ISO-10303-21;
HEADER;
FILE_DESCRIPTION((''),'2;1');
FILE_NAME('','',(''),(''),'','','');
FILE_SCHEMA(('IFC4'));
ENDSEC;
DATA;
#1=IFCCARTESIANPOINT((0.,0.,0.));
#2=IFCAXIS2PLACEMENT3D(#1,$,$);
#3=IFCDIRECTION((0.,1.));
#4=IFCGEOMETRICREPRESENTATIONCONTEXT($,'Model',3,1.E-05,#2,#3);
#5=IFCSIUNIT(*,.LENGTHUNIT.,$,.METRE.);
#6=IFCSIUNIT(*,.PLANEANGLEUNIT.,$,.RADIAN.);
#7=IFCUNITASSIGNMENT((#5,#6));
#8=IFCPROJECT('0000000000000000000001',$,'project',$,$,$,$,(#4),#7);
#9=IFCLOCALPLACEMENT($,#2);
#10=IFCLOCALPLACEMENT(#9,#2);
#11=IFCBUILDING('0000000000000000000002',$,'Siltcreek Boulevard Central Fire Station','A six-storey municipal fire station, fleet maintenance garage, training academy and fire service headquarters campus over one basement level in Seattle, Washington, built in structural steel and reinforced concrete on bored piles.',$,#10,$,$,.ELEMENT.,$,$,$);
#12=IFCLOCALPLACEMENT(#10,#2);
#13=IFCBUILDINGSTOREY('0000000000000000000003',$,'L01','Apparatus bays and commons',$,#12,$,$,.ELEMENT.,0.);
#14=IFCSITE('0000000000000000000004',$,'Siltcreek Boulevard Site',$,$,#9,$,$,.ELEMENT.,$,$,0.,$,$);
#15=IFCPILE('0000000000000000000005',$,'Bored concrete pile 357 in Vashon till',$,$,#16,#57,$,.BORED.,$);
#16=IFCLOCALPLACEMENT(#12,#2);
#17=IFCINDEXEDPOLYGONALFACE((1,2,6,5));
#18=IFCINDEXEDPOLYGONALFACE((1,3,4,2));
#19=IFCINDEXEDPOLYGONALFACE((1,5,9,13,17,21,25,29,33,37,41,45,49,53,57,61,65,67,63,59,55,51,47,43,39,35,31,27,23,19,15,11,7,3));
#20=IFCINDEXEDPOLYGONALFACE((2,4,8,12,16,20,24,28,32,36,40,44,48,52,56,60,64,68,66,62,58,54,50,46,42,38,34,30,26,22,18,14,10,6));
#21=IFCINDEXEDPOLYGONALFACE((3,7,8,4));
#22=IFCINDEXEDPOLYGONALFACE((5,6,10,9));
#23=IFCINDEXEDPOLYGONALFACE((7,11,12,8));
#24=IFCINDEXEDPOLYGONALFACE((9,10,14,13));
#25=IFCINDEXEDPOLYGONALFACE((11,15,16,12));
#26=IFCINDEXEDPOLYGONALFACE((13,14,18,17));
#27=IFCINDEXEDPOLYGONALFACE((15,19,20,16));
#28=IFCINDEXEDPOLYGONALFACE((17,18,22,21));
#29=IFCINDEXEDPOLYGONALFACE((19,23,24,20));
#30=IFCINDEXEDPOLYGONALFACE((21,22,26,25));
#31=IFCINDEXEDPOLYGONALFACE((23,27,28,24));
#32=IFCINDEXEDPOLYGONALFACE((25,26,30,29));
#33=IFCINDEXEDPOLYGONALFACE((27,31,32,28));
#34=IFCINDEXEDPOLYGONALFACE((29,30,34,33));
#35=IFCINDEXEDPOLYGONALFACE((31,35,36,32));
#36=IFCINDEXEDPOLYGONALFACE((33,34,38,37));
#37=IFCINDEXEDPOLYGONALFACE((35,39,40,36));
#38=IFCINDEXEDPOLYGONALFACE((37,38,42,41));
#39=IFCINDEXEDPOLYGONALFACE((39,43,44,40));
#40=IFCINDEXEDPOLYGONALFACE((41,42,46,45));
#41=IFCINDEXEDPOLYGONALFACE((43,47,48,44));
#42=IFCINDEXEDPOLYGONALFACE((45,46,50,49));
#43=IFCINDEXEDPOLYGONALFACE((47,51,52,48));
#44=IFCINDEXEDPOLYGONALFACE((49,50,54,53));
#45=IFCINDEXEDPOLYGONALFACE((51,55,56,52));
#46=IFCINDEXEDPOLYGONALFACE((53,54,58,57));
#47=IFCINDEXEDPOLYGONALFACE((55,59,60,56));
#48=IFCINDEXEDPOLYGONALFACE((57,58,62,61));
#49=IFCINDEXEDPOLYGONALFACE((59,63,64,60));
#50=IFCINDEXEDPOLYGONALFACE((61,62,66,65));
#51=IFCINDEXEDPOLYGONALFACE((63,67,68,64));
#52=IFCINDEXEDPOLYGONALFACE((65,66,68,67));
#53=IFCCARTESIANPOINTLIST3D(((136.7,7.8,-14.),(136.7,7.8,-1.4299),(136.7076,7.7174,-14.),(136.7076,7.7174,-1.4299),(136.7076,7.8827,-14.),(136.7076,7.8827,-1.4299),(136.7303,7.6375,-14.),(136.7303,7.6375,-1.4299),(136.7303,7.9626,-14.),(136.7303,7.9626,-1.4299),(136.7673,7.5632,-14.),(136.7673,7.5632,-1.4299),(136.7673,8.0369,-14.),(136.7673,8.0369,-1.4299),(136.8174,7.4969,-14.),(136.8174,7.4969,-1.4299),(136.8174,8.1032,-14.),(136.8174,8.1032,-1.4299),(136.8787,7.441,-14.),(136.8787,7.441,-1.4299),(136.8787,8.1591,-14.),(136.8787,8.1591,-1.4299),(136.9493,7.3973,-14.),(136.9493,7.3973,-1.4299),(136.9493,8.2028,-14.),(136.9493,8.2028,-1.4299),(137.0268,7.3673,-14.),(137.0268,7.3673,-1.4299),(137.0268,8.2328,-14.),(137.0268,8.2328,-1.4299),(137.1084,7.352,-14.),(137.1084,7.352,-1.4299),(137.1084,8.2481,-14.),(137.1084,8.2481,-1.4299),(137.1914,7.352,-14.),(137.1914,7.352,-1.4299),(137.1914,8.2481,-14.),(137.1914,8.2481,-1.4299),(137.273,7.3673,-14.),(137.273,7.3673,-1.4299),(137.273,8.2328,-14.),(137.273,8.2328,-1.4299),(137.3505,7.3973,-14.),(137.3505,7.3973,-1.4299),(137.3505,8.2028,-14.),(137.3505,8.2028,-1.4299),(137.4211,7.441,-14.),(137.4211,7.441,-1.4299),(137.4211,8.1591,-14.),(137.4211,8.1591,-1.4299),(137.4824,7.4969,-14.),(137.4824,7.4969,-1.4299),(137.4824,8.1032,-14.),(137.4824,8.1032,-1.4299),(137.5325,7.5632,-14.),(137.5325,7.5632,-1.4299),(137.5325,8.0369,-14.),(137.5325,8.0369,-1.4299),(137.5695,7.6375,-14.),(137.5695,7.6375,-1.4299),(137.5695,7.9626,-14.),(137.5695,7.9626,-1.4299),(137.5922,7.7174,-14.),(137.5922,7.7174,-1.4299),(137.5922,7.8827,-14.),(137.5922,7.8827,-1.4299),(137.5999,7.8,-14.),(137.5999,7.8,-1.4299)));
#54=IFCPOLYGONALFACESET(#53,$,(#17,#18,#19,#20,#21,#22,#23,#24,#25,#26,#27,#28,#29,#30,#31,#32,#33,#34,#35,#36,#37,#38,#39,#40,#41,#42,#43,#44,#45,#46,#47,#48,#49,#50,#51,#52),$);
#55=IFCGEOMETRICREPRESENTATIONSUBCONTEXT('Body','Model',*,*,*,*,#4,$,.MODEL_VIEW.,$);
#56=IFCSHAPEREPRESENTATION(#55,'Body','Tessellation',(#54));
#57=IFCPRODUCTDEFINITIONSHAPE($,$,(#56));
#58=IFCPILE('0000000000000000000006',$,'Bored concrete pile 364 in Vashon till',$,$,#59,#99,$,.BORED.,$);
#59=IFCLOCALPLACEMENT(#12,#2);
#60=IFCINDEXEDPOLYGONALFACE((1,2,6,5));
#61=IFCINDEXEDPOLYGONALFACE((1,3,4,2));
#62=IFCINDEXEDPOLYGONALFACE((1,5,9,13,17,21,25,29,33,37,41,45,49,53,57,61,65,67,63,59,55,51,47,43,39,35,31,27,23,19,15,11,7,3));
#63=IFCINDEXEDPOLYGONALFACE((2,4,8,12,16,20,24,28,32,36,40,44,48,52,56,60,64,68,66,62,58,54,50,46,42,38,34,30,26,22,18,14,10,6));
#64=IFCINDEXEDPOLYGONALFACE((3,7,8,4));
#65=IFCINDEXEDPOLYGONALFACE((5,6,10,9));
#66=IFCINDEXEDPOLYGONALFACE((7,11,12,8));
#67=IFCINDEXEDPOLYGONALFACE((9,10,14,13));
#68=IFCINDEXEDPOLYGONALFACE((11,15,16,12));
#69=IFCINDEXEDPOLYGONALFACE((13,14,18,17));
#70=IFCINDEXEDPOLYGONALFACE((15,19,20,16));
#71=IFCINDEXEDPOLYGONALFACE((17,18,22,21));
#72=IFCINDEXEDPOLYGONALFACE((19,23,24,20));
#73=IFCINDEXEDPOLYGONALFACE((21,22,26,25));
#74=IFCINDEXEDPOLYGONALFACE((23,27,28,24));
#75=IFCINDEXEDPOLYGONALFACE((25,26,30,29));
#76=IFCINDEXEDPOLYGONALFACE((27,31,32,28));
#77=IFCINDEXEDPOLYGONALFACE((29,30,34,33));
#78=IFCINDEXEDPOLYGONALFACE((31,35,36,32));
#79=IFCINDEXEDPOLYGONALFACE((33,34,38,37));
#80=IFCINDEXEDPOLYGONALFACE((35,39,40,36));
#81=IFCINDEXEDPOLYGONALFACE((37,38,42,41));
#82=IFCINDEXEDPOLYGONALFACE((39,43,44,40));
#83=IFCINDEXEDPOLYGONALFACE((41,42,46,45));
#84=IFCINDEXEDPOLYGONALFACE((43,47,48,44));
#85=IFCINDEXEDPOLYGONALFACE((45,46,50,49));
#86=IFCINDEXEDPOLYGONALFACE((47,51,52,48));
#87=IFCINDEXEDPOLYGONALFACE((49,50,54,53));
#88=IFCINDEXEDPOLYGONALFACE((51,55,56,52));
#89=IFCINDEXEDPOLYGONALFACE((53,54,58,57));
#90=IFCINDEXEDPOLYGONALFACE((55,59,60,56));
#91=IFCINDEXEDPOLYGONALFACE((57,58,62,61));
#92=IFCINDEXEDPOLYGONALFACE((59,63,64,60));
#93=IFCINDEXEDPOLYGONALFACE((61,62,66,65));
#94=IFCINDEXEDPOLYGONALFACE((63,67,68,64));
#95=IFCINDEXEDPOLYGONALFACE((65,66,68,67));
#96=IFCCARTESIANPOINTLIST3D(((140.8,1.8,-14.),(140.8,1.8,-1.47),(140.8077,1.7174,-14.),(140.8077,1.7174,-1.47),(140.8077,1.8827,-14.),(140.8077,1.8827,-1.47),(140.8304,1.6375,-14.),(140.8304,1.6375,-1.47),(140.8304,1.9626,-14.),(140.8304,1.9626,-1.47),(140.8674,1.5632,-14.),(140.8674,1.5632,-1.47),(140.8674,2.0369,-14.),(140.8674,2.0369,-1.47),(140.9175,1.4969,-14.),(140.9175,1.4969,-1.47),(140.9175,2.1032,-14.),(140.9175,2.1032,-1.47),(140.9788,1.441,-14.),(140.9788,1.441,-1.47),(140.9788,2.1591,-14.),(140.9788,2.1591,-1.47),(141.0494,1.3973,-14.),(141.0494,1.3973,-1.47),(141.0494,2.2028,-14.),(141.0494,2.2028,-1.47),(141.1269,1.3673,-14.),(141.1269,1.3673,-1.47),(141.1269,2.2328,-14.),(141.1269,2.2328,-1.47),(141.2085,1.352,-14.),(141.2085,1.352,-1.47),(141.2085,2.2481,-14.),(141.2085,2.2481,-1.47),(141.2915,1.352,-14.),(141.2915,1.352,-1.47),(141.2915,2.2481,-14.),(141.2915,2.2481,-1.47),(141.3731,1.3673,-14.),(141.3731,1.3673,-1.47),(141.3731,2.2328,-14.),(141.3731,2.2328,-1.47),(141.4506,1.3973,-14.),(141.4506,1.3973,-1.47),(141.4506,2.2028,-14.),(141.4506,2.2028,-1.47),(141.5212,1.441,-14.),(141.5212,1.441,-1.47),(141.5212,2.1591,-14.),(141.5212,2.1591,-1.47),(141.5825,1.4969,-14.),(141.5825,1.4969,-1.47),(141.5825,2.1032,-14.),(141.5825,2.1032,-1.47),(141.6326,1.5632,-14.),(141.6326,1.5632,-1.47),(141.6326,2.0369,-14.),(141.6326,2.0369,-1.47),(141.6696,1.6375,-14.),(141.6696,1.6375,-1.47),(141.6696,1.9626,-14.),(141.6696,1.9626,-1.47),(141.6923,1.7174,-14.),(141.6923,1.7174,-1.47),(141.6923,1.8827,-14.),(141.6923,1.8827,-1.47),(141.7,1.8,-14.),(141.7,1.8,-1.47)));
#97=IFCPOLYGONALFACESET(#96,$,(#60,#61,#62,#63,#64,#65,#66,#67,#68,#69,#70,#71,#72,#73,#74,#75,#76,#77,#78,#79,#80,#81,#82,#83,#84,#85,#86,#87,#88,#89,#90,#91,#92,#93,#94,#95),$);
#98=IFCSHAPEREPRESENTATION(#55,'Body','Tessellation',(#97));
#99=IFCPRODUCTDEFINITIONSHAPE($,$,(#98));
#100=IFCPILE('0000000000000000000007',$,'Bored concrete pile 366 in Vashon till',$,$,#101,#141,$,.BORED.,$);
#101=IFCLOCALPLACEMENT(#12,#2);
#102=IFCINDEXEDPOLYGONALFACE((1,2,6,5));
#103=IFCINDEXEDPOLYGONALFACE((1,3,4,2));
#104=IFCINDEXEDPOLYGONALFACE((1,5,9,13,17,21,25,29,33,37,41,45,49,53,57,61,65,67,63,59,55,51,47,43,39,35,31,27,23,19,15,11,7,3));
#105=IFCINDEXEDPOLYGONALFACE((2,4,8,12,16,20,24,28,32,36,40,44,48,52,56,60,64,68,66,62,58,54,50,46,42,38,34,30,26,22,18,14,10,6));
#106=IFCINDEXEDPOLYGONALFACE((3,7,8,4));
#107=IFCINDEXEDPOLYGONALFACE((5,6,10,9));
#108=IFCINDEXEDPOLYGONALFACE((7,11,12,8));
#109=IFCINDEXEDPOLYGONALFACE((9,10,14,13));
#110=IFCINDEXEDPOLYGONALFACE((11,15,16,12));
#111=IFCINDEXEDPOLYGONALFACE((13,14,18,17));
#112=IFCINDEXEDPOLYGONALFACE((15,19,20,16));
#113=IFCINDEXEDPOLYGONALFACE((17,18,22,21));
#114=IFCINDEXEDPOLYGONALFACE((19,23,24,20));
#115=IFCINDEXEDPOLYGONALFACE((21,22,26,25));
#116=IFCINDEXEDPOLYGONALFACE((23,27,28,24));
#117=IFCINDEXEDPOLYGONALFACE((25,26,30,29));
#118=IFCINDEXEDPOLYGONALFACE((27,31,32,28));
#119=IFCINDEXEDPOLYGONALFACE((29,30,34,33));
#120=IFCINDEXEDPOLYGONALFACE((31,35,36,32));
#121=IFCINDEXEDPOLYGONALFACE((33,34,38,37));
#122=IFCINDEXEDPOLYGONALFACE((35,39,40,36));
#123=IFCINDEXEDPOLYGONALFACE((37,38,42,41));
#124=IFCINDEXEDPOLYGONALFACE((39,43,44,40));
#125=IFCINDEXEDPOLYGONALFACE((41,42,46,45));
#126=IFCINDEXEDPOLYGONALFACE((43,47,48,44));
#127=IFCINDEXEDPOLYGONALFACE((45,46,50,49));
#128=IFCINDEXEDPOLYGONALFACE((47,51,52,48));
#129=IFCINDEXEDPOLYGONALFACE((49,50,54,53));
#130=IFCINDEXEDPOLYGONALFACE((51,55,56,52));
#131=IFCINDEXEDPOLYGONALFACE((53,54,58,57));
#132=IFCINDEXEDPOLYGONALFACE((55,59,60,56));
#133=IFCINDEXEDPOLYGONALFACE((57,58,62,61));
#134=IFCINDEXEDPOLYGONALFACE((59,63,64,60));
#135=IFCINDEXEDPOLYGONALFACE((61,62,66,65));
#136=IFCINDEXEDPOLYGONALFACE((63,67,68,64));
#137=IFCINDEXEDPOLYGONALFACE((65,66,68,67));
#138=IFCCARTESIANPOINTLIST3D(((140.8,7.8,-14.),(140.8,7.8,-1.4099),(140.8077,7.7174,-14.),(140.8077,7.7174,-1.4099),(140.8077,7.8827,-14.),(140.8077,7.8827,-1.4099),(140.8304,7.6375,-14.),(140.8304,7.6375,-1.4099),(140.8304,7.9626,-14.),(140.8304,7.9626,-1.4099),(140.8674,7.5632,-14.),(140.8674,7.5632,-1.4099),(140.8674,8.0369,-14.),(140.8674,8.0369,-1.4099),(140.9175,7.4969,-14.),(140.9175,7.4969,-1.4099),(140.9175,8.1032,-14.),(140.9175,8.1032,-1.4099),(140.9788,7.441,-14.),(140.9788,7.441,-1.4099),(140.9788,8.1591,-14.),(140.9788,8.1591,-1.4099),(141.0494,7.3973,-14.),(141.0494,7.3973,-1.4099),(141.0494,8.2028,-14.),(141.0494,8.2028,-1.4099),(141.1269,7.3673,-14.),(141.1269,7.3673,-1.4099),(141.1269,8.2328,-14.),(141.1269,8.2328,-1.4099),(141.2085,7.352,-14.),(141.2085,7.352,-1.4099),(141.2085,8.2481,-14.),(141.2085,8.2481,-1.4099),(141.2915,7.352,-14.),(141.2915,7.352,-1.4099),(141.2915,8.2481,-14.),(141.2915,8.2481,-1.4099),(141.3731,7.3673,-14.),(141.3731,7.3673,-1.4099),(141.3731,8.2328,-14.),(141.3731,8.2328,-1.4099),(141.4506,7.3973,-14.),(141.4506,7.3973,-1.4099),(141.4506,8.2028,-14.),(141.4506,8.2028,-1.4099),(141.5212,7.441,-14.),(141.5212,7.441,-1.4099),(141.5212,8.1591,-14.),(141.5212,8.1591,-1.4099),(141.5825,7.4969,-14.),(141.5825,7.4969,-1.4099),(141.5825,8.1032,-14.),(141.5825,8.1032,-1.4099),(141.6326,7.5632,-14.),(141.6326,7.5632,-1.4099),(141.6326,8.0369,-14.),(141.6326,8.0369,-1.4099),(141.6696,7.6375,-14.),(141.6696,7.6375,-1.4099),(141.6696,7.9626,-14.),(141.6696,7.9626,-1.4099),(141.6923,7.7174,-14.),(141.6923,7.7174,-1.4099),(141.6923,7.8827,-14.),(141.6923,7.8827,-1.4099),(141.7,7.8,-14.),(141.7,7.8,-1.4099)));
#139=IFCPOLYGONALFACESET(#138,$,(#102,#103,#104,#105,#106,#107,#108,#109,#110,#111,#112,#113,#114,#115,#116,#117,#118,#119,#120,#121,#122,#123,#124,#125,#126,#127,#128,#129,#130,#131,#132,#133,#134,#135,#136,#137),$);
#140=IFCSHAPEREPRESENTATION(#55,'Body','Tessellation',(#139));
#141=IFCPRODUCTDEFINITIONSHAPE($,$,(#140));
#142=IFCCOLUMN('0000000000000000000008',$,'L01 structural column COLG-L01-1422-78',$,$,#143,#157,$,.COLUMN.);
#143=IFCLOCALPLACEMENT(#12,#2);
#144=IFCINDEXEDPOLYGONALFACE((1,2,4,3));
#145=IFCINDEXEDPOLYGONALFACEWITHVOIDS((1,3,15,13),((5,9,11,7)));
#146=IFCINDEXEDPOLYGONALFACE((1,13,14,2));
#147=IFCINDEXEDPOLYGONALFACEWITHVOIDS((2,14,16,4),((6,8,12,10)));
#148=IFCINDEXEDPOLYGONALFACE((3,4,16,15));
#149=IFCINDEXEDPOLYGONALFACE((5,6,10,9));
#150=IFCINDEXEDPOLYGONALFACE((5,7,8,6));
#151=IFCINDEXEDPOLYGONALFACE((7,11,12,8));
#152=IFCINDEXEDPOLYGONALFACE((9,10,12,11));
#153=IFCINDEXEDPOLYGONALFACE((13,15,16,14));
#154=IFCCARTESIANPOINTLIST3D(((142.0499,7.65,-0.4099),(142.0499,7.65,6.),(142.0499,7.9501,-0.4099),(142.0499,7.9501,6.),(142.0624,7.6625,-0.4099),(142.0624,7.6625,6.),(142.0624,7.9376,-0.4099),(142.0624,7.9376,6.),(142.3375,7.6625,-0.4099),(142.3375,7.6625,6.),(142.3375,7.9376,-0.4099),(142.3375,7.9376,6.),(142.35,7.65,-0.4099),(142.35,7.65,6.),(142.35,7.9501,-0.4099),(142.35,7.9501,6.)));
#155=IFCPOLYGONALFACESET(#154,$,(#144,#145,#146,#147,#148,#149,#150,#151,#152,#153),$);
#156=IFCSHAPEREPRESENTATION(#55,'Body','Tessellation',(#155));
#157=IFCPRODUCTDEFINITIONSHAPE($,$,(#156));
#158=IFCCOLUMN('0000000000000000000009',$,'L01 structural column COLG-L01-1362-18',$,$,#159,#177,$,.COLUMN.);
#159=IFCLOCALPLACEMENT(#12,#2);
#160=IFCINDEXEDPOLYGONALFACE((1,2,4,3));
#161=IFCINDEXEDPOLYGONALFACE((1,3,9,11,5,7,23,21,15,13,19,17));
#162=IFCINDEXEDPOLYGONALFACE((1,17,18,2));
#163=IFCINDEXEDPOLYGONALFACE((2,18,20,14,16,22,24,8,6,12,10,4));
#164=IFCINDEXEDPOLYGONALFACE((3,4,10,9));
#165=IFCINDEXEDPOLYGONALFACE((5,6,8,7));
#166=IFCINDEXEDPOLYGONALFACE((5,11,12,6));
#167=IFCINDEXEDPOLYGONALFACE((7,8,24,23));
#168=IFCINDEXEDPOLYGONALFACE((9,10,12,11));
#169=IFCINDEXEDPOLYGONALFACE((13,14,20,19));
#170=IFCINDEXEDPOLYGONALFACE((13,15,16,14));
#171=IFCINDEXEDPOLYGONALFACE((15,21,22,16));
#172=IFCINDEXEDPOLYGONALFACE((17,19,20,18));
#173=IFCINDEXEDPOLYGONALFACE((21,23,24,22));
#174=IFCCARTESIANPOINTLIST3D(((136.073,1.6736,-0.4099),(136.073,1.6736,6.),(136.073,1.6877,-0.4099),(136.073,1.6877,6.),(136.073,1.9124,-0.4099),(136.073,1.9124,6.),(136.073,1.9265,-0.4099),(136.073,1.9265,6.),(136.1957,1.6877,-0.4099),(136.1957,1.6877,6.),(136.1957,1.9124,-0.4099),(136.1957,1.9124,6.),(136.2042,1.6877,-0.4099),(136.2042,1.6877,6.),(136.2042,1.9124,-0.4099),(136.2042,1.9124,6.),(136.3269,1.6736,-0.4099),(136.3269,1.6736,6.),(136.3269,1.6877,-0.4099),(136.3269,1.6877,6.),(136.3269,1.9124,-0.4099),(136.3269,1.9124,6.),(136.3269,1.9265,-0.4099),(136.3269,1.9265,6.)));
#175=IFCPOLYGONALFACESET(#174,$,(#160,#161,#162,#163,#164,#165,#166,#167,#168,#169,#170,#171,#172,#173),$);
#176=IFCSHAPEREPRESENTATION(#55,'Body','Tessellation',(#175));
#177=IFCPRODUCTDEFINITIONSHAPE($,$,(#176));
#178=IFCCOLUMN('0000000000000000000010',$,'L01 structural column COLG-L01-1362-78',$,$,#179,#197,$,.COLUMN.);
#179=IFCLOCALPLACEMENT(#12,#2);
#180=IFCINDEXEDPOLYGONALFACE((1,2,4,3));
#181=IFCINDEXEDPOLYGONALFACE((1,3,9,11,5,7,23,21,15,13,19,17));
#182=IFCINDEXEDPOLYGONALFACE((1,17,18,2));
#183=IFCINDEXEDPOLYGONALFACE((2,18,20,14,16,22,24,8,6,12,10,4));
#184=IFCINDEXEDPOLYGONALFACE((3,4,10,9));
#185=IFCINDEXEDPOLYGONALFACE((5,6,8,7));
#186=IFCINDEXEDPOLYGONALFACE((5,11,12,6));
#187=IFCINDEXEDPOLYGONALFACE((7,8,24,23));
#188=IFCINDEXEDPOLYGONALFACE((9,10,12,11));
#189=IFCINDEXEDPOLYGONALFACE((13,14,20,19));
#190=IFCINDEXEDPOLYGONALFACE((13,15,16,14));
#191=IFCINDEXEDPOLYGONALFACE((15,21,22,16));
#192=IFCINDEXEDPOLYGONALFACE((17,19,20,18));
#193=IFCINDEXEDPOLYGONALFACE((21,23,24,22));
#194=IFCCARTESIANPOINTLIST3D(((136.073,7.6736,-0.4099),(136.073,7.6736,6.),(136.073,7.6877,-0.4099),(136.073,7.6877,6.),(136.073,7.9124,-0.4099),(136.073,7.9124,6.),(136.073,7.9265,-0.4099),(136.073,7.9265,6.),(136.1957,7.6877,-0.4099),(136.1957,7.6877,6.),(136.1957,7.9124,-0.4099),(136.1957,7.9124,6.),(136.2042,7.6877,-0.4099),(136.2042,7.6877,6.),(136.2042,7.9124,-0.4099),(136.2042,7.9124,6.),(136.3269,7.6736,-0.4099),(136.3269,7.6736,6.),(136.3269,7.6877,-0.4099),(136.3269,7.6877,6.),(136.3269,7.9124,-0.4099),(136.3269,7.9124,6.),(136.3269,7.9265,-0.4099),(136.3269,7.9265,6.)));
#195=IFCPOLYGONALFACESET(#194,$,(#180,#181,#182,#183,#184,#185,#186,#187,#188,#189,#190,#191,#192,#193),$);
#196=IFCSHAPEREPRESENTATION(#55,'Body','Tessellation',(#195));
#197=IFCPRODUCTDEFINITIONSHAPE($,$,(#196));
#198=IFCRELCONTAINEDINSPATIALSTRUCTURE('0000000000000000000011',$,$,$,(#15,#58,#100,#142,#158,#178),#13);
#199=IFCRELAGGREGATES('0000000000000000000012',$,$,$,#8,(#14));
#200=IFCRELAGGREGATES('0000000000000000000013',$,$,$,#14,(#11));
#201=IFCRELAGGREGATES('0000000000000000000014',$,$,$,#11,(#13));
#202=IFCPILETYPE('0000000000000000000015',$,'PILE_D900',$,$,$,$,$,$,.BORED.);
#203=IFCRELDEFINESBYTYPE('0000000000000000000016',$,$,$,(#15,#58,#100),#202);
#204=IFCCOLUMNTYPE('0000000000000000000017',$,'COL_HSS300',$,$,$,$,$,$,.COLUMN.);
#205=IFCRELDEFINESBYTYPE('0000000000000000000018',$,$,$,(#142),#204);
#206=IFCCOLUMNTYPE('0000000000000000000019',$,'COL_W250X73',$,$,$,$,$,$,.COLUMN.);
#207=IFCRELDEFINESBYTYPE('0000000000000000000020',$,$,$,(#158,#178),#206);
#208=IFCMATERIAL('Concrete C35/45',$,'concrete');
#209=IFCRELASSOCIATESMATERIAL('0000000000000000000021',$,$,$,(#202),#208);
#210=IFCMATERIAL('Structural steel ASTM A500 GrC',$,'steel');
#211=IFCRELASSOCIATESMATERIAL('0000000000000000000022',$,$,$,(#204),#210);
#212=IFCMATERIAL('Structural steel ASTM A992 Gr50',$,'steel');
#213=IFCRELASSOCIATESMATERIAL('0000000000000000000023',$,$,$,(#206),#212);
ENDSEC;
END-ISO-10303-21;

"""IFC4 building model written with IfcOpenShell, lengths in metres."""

from ifc_helpers import new_model, si_unit, direction, frame, origin, origin_2d, place, context, subcontext, project, spatial, hollow_rectangle, circle, i_section, extrude, material, material_profile, profile_set, type_object, element, save


model = new_model("IFC4")

# Units and contexts
model_context = context("Model", 3, precision=1e-05, world=origin(), true_north=direction((0.0, 1.0)))
body_context = subcontext(model_context, "Body", "Model", "MODEL_VIEW")
ifc_project = project(units=[si_unit("LENGTHUNIT", "METRE"), si_unit("PLANEANGLEUNIT", "RADIAN")], contexts=[model_context])

# Site, building, storey
site_placement = place(None, origin())
site = spatial("IfcSite", under=ifc_project, at=site_placement, Name="Siltcreek Boulevard Site", CompositionType="ELEMENT", RefElevation=0.0)
building_placement = place(site_placement, origin())
building = spatial("IfcBuilding", under=site, at=building_placement, Name="Siltcreek Boulevard Central Fire Station", Description="A six-storey municipal fire station, fleet maintenance garage, training academy and fire service headquarters campus over one basement level in Seattle, Washington, built in structural steel and reinforced concrete on bored piles.", CompositionType="ELEMENT")
storey_placement = place(building_placement, origin())
storey = spatial("IfcBuildingStorey", under=building, at=storey_placement, Name="L01", Description="Apparatus bays and commons", CompositionType="ELEMENT", Elevation=0.0)

# Shared definitions
ifc_material_1 = material(Name="Concrete C35/45", Category="concrete")

# Piles
ifc_material_profile_1 = material_profile(ifc_material_1, circle(Radius=0.45, at=origin_2d()), Name="SHAFT900")
ifc_profile_set_1 = profile_set([ifc_material_profile_1], Name="Concrete C35/45")
pile_type = type_object("IfcPileType", Name="PILE_D900", PredefinedType="BORED", material=ifc_profile_set_1)
for number, where, z_axis, x_axis, name in (
    (1, (137.1499, 7.8, -1.4299), (0.0, 0.0, -1.0), (1.0, 0.0, 0.0), "Bored concrete pile 357 in Vashon till"),
):
    element("IfcPile", number, at=place(storey_placement, frame(where, z_axis=z_axis, x_axis=x_axis)), inside=storey, type_object=pile_type, Name=name, PredefinedType="BORED", context=body_context, shape_type="SweptSolid", body=[
        extrude(circle(Radius=0.45, at=origin_2d()), origin(), (0.0, 0.0, 1.0), 12.5701),
    ])
pile_1_placement = place(storey_placement, frame((141.25, 1.8, -1.47), z_axis=(0.0, 0.0, -1.0), x_axis=(1.0, 0.0, 0.0)))
element("IfcPile", 2, at=pile_1_placement, inside=storey, type_object=pile_type, Name="Bored concrete pile 364 in Vashon till", PredefinedType="BORED", context=body_context, shape_type="SweptSolid", body=[
    extrude(circle(Radius=0.45, at=origin_2d()), origin(), (0.0, 0.0, 1.0), 12.53),
])
pile_2_placement = place(storey_placement, frame((141.25, 7.8, -1.4099), z_axis=(0.0, 0.0, -1.0), x_axis=(1.0, 0.0, 0.0)))
element("IfcPile", 3, at=pile_2_placement, inside=storey, type_object=pile_type, Name="Bored concrete pile 366 in Vashon till", PredefinedType="BORED", context=body_context, shape_type="SweptSolid", body=[
    extrude(circle(Radius=0.45, at=origin_2d()), origin(), (0.0, 0.0, 1.0), 12.5901),
])

# Columns
ifc_material_2 = material(Name="Structural steel ASTM A500 GrC", Category="steel")
ifc_material_profile_2 = material_profile(ifc_material_2, hollow_rectangle(XDim=0.3, YDim=0.3, WallThickness=0.0125, at=origin_2d()), Name="HSS300X300X12.5")
ifc_profile_set_2 = profile_set([ifc_material_profile_2], Name="Structural steel ASTM A500 GrC")
column_type_1 = type_object("IfcColumnType", Name="COL_HSS300", PredefinedType="COLUMN", material=ifc_profile_set_2)
column_placement = place(storey_placement, frame((142.2, 7.8, -0.4099), z_axis=(0.0, 0.0, 1.0), x_axis=(1.0, 0.0, 0.0)))
element("IfcColumn", 4, at=column_placement, inside=storey, type_object=column_type_1, Name="L01 structural column COLG-L01-1422-78", PredefinedType="COLUMN", context=body_context, shape_type="SweptSolid", body=[
    extrude(hollow_rectangle(XDim=0.3, YDim=0.3, WallThickness=0.0125, at=origin_2d()), origin(), (0.0, 0.0, 1.0), 6.4099),
])
ifc_material_3 = material(Name="Structural steel ASTM A992 Gr50", Category="steel")
ifc_material_profile_3 = material_profile(ifc_material_3, i_section(OverallWidth=0.2539, OverallDepth=0.2529, WebThickness=0.0085, FlangeThickness=0.0142, at=origin_2d()), Name="W250X73")
ifc_profile_set_3 = profile_set([ifc_material_profile_3], Name="Structural steel ASTM A992 Gr50")
column_type_2 = type_object("IfcColumnType", Name="COL_W250X73", PredefinedType="COLUMN", material=ifc_profile_set_3)
for number, where, z_axis, x_axis, name in (
    (5, (136.2, 1.8, -0.4099), (0.0, 0.0, 1.0), (1.0, 0.0, 0.0), "L01 structural column COLG-L01-1362-18"),
    (6, (136.2, 7.8, -0.4099), (0.0, 0.0, 1.0), (1.0, 0.0, 0.0), "L01 structural column COLG-L01-1362-78"),
):
    element("IfcColumn", number, at=place(storey_placement, frame(where, z_axis=z_axis, x_axis=x_axis)), inside=storey, type_object=column_type_2, Name=name, PredefinedType="COLUMN", context=body_context, shape_type="SweptSolid", body=[
        extrude(i_section(OverallWidth=0.2539, OverallDepth=0.2529, WebThickness=0.0085, FlangeThickness=0.0142, at=origin_2d()), origin(), (0.0, 0.0, 1.0), 6.4099),
    ])

save(model, "model.ifc")
